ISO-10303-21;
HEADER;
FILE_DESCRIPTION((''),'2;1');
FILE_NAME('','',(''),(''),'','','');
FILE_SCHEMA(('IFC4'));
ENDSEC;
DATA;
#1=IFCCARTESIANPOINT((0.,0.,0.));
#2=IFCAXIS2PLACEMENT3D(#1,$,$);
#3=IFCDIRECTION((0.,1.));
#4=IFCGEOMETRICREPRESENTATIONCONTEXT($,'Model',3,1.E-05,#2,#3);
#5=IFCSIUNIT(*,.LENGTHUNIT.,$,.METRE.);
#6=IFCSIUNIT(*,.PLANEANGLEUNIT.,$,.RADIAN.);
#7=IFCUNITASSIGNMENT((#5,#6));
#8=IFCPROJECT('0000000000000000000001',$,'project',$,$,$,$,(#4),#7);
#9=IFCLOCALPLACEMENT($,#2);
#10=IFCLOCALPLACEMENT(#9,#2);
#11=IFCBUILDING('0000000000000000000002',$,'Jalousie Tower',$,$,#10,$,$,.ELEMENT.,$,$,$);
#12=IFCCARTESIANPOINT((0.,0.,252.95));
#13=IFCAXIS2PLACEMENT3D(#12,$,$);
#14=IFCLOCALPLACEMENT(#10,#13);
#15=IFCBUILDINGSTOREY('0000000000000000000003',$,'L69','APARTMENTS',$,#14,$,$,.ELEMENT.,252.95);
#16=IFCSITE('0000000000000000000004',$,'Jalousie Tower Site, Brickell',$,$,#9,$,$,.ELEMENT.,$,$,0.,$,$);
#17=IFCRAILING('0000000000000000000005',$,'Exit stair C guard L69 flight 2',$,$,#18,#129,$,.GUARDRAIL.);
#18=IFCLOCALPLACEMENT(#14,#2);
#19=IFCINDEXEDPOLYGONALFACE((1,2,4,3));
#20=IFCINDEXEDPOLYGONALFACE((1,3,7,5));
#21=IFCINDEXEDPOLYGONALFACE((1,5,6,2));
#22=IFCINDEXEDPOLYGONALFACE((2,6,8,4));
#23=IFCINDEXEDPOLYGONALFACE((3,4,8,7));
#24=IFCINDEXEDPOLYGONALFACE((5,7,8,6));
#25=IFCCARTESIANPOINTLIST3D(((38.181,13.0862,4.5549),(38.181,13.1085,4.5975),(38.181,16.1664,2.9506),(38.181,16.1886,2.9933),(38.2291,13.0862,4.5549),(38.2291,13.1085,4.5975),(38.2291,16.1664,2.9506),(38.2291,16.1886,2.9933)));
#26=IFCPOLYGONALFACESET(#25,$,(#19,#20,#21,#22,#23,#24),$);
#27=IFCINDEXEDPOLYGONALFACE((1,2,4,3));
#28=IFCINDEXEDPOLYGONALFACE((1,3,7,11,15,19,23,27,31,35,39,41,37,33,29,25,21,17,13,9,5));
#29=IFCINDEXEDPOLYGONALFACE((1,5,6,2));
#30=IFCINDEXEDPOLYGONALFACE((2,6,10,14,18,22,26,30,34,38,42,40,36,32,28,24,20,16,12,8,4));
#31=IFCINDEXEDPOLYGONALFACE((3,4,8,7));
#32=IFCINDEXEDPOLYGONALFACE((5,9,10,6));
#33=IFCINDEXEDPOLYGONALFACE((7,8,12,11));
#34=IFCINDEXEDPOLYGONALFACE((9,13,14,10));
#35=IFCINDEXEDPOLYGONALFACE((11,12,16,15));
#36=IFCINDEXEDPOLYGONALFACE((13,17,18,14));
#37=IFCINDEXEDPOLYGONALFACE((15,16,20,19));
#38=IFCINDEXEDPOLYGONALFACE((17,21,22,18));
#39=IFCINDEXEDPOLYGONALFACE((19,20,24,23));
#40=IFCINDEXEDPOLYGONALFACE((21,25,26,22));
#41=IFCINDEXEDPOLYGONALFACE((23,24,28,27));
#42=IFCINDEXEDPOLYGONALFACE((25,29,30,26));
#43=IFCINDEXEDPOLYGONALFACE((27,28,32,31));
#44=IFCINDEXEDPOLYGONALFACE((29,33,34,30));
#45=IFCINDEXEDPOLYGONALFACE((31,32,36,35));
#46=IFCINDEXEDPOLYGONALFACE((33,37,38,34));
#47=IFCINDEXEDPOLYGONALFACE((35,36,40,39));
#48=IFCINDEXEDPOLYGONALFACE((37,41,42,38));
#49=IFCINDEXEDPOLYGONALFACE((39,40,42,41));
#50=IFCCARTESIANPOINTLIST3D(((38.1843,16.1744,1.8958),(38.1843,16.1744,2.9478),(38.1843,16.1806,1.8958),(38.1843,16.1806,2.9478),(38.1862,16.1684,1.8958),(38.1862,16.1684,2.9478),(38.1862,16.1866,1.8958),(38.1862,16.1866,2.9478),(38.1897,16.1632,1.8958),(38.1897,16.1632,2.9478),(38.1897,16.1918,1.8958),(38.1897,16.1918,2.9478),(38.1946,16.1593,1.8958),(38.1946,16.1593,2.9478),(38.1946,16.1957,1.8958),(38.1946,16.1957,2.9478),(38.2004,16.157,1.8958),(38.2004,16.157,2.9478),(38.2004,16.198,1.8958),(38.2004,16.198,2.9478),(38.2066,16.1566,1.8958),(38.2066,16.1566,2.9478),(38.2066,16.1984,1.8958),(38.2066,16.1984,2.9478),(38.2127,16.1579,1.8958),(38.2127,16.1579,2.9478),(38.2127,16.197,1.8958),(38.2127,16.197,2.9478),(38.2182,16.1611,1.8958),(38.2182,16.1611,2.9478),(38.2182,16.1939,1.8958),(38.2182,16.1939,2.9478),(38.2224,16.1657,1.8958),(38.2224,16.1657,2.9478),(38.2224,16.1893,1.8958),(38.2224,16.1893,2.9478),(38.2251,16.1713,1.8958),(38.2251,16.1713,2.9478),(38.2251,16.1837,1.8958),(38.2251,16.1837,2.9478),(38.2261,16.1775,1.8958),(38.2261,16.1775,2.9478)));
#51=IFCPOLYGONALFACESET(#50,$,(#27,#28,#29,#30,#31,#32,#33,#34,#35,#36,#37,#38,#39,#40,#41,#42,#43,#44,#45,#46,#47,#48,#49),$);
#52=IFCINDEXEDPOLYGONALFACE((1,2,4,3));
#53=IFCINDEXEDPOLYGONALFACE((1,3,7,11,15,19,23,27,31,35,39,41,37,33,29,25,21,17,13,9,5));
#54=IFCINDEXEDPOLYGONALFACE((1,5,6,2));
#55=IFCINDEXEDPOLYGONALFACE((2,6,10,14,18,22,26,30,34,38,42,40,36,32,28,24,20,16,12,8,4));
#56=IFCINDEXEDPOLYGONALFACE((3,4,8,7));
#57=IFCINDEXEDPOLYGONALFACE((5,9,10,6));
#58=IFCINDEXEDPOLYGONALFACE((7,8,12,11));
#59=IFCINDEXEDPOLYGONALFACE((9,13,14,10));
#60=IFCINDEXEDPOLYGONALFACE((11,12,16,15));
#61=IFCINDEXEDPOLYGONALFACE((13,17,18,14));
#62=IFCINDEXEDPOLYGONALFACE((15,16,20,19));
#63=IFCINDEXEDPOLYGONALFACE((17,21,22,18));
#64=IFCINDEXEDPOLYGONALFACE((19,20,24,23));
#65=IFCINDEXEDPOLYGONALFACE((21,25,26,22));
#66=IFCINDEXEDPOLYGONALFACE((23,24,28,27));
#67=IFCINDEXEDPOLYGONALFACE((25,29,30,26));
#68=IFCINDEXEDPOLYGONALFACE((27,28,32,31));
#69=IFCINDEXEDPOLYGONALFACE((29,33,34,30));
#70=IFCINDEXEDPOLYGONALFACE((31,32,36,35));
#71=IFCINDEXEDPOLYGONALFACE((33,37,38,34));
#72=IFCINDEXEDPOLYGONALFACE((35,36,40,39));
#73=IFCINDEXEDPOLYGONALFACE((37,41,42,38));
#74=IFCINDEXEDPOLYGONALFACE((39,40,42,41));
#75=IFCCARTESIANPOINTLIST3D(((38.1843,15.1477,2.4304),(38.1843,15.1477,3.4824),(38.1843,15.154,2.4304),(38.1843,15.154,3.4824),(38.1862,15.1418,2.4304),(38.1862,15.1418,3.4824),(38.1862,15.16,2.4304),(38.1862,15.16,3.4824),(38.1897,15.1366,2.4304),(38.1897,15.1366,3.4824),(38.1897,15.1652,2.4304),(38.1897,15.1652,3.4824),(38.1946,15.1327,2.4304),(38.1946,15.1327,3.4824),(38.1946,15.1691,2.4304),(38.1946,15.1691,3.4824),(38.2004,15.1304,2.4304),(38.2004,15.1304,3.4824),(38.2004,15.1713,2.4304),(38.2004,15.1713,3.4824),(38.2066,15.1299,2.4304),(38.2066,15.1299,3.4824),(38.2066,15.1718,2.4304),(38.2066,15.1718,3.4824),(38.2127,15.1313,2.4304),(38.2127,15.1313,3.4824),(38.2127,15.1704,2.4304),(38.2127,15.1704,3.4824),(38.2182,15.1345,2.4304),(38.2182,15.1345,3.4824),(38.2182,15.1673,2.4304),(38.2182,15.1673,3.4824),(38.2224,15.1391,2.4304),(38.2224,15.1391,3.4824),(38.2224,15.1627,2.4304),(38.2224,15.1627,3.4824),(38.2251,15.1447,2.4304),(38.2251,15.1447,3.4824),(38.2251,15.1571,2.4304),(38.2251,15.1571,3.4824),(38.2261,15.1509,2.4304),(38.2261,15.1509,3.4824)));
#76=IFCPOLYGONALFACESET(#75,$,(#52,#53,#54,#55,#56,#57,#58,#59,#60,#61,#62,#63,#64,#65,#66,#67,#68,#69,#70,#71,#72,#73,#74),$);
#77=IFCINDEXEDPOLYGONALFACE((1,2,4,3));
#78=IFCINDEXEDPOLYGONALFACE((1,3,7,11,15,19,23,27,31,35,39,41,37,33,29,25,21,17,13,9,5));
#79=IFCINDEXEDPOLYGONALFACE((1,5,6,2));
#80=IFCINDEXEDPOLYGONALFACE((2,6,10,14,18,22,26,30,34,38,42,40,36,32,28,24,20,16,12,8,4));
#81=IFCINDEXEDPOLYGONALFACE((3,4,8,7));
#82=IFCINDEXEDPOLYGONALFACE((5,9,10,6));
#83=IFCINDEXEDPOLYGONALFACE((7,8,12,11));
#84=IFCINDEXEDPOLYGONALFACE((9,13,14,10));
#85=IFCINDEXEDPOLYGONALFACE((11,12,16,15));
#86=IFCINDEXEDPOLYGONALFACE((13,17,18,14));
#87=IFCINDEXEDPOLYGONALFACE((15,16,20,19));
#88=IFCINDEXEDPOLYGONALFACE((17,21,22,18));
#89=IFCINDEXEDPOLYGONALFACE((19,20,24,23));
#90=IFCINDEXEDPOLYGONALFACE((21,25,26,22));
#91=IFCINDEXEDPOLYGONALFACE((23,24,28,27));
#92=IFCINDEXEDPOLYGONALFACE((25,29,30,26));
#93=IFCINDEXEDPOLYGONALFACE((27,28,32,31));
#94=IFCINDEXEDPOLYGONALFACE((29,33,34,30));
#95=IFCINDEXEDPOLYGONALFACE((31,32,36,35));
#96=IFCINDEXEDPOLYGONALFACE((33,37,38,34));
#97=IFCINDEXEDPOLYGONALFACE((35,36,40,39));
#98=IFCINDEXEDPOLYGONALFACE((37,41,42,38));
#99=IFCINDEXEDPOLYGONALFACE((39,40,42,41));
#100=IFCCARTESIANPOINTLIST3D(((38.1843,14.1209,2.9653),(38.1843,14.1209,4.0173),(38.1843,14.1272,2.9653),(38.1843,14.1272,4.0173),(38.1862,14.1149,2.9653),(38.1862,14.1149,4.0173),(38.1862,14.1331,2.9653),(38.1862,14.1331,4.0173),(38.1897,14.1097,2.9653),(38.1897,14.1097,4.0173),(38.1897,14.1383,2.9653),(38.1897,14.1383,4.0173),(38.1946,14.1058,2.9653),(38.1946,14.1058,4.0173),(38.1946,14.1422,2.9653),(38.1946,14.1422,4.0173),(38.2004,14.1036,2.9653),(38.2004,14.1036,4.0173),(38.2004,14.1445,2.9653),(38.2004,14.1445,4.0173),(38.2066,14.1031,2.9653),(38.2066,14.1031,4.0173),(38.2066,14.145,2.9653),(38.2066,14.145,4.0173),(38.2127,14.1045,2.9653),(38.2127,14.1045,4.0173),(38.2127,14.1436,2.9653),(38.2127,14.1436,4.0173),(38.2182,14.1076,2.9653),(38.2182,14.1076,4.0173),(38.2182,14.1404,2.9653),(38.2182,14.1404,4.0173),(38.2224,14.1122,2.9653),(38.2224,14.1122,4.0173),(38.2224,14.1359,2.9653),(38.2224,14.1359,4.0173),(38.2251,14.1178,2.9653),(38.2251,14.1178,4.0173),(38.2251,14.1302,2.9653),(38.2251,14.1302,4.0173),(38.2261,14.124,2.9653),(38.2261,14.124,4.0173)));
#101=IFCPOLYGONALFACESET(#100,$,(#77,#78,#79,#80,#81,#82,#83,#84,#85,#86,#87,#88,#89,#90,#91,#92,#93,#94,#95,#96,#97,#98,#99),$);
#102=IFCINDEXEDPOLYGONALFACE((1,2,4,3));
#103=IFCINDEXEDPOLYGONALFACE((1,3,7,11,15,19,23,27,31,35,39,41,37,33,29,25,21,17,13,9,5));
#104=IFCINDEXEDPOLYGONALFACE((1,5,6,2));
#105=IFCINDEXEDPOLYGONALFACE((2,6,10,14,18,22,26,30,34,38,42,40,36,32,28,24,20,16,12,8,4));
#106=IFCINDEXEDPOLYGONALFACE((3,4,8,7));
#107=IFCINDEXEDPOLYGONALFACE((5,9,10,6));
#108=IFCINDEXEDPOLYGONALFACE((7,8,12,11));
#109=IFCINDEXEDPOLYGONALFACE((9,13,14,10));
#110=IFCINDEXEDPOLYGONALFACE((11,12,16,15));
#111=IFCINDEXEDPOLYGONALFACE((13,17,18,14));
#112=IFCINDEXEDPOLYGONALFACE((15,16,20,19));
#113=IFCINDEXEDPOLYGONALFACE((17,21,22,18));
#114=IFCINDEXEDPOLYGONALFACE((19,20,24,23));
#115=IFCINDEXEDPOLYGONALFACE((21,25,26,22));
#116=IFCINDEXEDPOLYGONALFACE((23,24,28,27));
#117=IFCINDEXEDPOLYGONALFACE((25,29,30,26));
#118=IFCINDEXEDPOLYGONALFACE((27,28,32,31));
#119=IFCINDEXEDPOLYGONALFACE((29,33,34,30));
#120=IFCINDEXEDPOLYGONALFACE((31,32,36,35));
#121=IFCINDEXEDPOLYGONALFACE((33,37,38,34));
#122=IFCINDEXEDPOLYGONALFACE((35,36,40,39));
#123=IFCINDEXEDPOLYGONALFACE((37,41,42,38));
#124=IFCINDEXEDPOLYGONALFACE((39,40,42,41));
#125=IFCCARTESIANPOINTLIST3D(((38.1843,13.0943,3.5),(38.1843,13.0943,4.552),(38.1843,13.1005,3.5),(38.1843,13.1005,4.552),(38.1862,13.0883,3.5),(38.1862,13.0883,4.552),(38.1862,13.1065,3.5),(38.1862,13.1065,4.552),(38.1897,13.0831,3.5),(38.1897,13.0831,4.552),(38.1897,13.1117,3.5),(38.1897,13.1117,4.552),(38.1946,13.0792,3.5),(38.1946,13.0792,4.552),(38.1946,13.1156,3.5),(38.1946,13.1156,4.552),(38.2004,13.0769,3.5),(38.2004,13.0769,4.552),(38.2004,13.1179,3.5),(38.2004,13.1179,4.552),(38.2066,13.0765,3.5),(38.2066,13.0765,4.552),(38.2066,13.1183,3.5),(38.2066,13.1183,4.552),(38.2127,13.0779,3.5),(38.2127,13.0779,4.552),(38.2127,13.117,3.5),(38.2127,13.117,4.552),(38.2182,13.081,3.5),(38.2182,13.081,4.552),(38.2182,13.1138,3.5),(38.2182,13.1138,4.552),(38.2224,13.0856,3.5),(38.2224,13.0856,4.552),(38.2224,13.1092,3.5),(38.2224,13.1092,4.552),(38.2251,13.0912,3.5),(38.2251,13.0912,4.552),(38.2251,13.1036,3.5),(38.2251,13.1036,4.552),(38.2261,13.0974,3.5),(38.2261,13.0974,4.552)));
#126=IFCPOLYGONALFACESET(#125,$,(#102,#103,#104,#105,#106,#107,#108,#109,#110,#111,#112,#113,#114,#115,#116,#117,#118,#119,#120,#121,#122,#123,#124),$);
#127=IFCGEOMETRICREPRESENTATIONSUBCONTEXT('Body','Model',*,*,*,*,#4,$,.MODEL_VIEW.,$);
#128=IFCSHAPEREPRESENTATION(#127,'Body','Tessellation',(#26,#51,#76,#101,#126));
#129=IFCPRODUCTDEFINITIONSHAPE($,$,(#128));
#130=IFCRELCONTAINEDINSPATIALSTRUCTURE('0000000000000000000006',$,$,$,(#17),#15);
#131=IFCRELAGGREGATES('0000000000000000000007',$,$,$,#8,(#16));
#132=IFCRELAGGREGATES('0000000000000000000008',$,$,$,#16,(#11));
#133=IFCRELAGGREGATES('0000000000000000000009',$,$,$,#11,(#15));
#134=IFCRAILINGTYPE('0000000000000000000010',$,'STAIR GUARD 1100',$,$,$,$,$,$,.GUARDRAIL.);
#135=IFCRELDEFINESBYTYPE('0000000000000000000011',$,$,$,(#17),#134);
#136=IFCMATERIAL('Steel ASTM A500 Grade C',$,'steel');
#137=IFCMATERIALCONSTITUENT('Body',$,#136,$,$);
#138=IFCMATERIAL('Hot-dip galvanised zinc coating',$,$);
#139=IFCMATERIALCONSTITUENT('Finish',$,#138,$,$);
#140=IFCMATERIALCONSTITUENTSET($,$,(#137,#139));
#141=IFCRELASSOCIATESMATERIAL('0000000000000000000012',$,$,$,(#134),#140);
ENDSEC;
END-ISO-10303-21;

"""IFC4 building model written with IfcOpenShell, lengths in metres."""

from ifc_helpers import new_model, si_unit, direction, frame, origin, origin_2d, place, context, subcontext, project, spatial, rectangle, circle, extrude, material, constituent, constituent_set, type_object, element, save


model = new_model("IFC4")

# Units and contexts
model_context = context("Model", 3, precision=1e-05, world=origin(), true_north=direction((0.0, 1.0)))
body_context = subcontext(model_context, "Body", "Model", "MODEL_VIEW")
ifc_project = project(units=[si_unit("LENGTHUNIT", "METRE"), si_unit("PLANEANGLEUNIT", "RADIAN")], contexts=[model_context])

# Site, building, storey
site_placement = place(None, origin())
site = spatial("IfcSite", under=ifc_project, at=site_placement, Name="Jalousie Tower Site, Brickell", CompositionType="ELEMENT", RefElevation=0.0)
building_placement = place(site_placement, origin())
building = spatial("IfcBuilding", under=site, at=building_placement, Name="Jalousie Tower", CompositionType="ELEMENT")
storey_placement = place(building_placement, frame((0.0, 0.0, 252.95)))
storey = spatial("IfcBuildingStorey", under=building, at=storey_placement, Name="L69", Description="APARTMENTS", CompositionType="ELEMENT", Elevation=252.95)

# Railing
ifc_material_1 = material(Name="Steel ASTM A500 Grade C", Category="steel")
ifc_constituent_1 = constituent(ifc_material_1, Name="Body")
ifc_material_2 = material(Name="Hot-dip galvanised zinc coating")
ifc_constituent_2 = constituent(ifc_material_2, Name="Finish")
ifc_constituent_set_1 = constituent_set(constituents=[ifc_constituent_1, ifc_constituent_2])
railing_type_1 = type_object("IfcRailingType", Name="STAIR GUARD 1100", PredefinedType="GUARDRAIL", material=ifc_constituent_set_1)
railing_1_placement = place(storey_placement, frame((38.2051, 16.1775, 1.8958)))
element("IfcRailing", 1, at=railing_1_placement, inside=storey, type_object=railing_type_1, Name="Exit stair C guard L69 flight 2", PredefinedType="GUARDRAIL", context=body_context, shape_type="SweptSolid", body=[
    extrude(rectangle(XDim=0.0481, YDim=0.0481, at=origin_2d()), frame((0.0, 0.0, 1.0762), z_axis=(0.0, -0.886909, 0.461944), x_axis=(1.0, 0.0, 0.0)), (0.0, 0.0, 1.0), 3.4729),
    extrude(circle(Radius=0.021, at=origin_2d()), origin(), (0.0, 0.0, 1.0), 1.052),
    extrude(circle(Radius=0.021, at=origin_2d()), frame((0.0, -1.0266, 0.5347)), (0.0, 0.0, 1.0), 1.052),
    extrude(circle(Radius=0.021, at=origin_2d()), frame((0.0, -2.0535, 1.0696)), (0.0, 0.0, 1.0), 1.052),
    extrude(circle(Radius=0.021, at=origin_2d()), frame((0.0, -3.0801, 1.6042)), (0.0, 0.0, 1.0), 1.052),
])

save(model, "model.ifc")
